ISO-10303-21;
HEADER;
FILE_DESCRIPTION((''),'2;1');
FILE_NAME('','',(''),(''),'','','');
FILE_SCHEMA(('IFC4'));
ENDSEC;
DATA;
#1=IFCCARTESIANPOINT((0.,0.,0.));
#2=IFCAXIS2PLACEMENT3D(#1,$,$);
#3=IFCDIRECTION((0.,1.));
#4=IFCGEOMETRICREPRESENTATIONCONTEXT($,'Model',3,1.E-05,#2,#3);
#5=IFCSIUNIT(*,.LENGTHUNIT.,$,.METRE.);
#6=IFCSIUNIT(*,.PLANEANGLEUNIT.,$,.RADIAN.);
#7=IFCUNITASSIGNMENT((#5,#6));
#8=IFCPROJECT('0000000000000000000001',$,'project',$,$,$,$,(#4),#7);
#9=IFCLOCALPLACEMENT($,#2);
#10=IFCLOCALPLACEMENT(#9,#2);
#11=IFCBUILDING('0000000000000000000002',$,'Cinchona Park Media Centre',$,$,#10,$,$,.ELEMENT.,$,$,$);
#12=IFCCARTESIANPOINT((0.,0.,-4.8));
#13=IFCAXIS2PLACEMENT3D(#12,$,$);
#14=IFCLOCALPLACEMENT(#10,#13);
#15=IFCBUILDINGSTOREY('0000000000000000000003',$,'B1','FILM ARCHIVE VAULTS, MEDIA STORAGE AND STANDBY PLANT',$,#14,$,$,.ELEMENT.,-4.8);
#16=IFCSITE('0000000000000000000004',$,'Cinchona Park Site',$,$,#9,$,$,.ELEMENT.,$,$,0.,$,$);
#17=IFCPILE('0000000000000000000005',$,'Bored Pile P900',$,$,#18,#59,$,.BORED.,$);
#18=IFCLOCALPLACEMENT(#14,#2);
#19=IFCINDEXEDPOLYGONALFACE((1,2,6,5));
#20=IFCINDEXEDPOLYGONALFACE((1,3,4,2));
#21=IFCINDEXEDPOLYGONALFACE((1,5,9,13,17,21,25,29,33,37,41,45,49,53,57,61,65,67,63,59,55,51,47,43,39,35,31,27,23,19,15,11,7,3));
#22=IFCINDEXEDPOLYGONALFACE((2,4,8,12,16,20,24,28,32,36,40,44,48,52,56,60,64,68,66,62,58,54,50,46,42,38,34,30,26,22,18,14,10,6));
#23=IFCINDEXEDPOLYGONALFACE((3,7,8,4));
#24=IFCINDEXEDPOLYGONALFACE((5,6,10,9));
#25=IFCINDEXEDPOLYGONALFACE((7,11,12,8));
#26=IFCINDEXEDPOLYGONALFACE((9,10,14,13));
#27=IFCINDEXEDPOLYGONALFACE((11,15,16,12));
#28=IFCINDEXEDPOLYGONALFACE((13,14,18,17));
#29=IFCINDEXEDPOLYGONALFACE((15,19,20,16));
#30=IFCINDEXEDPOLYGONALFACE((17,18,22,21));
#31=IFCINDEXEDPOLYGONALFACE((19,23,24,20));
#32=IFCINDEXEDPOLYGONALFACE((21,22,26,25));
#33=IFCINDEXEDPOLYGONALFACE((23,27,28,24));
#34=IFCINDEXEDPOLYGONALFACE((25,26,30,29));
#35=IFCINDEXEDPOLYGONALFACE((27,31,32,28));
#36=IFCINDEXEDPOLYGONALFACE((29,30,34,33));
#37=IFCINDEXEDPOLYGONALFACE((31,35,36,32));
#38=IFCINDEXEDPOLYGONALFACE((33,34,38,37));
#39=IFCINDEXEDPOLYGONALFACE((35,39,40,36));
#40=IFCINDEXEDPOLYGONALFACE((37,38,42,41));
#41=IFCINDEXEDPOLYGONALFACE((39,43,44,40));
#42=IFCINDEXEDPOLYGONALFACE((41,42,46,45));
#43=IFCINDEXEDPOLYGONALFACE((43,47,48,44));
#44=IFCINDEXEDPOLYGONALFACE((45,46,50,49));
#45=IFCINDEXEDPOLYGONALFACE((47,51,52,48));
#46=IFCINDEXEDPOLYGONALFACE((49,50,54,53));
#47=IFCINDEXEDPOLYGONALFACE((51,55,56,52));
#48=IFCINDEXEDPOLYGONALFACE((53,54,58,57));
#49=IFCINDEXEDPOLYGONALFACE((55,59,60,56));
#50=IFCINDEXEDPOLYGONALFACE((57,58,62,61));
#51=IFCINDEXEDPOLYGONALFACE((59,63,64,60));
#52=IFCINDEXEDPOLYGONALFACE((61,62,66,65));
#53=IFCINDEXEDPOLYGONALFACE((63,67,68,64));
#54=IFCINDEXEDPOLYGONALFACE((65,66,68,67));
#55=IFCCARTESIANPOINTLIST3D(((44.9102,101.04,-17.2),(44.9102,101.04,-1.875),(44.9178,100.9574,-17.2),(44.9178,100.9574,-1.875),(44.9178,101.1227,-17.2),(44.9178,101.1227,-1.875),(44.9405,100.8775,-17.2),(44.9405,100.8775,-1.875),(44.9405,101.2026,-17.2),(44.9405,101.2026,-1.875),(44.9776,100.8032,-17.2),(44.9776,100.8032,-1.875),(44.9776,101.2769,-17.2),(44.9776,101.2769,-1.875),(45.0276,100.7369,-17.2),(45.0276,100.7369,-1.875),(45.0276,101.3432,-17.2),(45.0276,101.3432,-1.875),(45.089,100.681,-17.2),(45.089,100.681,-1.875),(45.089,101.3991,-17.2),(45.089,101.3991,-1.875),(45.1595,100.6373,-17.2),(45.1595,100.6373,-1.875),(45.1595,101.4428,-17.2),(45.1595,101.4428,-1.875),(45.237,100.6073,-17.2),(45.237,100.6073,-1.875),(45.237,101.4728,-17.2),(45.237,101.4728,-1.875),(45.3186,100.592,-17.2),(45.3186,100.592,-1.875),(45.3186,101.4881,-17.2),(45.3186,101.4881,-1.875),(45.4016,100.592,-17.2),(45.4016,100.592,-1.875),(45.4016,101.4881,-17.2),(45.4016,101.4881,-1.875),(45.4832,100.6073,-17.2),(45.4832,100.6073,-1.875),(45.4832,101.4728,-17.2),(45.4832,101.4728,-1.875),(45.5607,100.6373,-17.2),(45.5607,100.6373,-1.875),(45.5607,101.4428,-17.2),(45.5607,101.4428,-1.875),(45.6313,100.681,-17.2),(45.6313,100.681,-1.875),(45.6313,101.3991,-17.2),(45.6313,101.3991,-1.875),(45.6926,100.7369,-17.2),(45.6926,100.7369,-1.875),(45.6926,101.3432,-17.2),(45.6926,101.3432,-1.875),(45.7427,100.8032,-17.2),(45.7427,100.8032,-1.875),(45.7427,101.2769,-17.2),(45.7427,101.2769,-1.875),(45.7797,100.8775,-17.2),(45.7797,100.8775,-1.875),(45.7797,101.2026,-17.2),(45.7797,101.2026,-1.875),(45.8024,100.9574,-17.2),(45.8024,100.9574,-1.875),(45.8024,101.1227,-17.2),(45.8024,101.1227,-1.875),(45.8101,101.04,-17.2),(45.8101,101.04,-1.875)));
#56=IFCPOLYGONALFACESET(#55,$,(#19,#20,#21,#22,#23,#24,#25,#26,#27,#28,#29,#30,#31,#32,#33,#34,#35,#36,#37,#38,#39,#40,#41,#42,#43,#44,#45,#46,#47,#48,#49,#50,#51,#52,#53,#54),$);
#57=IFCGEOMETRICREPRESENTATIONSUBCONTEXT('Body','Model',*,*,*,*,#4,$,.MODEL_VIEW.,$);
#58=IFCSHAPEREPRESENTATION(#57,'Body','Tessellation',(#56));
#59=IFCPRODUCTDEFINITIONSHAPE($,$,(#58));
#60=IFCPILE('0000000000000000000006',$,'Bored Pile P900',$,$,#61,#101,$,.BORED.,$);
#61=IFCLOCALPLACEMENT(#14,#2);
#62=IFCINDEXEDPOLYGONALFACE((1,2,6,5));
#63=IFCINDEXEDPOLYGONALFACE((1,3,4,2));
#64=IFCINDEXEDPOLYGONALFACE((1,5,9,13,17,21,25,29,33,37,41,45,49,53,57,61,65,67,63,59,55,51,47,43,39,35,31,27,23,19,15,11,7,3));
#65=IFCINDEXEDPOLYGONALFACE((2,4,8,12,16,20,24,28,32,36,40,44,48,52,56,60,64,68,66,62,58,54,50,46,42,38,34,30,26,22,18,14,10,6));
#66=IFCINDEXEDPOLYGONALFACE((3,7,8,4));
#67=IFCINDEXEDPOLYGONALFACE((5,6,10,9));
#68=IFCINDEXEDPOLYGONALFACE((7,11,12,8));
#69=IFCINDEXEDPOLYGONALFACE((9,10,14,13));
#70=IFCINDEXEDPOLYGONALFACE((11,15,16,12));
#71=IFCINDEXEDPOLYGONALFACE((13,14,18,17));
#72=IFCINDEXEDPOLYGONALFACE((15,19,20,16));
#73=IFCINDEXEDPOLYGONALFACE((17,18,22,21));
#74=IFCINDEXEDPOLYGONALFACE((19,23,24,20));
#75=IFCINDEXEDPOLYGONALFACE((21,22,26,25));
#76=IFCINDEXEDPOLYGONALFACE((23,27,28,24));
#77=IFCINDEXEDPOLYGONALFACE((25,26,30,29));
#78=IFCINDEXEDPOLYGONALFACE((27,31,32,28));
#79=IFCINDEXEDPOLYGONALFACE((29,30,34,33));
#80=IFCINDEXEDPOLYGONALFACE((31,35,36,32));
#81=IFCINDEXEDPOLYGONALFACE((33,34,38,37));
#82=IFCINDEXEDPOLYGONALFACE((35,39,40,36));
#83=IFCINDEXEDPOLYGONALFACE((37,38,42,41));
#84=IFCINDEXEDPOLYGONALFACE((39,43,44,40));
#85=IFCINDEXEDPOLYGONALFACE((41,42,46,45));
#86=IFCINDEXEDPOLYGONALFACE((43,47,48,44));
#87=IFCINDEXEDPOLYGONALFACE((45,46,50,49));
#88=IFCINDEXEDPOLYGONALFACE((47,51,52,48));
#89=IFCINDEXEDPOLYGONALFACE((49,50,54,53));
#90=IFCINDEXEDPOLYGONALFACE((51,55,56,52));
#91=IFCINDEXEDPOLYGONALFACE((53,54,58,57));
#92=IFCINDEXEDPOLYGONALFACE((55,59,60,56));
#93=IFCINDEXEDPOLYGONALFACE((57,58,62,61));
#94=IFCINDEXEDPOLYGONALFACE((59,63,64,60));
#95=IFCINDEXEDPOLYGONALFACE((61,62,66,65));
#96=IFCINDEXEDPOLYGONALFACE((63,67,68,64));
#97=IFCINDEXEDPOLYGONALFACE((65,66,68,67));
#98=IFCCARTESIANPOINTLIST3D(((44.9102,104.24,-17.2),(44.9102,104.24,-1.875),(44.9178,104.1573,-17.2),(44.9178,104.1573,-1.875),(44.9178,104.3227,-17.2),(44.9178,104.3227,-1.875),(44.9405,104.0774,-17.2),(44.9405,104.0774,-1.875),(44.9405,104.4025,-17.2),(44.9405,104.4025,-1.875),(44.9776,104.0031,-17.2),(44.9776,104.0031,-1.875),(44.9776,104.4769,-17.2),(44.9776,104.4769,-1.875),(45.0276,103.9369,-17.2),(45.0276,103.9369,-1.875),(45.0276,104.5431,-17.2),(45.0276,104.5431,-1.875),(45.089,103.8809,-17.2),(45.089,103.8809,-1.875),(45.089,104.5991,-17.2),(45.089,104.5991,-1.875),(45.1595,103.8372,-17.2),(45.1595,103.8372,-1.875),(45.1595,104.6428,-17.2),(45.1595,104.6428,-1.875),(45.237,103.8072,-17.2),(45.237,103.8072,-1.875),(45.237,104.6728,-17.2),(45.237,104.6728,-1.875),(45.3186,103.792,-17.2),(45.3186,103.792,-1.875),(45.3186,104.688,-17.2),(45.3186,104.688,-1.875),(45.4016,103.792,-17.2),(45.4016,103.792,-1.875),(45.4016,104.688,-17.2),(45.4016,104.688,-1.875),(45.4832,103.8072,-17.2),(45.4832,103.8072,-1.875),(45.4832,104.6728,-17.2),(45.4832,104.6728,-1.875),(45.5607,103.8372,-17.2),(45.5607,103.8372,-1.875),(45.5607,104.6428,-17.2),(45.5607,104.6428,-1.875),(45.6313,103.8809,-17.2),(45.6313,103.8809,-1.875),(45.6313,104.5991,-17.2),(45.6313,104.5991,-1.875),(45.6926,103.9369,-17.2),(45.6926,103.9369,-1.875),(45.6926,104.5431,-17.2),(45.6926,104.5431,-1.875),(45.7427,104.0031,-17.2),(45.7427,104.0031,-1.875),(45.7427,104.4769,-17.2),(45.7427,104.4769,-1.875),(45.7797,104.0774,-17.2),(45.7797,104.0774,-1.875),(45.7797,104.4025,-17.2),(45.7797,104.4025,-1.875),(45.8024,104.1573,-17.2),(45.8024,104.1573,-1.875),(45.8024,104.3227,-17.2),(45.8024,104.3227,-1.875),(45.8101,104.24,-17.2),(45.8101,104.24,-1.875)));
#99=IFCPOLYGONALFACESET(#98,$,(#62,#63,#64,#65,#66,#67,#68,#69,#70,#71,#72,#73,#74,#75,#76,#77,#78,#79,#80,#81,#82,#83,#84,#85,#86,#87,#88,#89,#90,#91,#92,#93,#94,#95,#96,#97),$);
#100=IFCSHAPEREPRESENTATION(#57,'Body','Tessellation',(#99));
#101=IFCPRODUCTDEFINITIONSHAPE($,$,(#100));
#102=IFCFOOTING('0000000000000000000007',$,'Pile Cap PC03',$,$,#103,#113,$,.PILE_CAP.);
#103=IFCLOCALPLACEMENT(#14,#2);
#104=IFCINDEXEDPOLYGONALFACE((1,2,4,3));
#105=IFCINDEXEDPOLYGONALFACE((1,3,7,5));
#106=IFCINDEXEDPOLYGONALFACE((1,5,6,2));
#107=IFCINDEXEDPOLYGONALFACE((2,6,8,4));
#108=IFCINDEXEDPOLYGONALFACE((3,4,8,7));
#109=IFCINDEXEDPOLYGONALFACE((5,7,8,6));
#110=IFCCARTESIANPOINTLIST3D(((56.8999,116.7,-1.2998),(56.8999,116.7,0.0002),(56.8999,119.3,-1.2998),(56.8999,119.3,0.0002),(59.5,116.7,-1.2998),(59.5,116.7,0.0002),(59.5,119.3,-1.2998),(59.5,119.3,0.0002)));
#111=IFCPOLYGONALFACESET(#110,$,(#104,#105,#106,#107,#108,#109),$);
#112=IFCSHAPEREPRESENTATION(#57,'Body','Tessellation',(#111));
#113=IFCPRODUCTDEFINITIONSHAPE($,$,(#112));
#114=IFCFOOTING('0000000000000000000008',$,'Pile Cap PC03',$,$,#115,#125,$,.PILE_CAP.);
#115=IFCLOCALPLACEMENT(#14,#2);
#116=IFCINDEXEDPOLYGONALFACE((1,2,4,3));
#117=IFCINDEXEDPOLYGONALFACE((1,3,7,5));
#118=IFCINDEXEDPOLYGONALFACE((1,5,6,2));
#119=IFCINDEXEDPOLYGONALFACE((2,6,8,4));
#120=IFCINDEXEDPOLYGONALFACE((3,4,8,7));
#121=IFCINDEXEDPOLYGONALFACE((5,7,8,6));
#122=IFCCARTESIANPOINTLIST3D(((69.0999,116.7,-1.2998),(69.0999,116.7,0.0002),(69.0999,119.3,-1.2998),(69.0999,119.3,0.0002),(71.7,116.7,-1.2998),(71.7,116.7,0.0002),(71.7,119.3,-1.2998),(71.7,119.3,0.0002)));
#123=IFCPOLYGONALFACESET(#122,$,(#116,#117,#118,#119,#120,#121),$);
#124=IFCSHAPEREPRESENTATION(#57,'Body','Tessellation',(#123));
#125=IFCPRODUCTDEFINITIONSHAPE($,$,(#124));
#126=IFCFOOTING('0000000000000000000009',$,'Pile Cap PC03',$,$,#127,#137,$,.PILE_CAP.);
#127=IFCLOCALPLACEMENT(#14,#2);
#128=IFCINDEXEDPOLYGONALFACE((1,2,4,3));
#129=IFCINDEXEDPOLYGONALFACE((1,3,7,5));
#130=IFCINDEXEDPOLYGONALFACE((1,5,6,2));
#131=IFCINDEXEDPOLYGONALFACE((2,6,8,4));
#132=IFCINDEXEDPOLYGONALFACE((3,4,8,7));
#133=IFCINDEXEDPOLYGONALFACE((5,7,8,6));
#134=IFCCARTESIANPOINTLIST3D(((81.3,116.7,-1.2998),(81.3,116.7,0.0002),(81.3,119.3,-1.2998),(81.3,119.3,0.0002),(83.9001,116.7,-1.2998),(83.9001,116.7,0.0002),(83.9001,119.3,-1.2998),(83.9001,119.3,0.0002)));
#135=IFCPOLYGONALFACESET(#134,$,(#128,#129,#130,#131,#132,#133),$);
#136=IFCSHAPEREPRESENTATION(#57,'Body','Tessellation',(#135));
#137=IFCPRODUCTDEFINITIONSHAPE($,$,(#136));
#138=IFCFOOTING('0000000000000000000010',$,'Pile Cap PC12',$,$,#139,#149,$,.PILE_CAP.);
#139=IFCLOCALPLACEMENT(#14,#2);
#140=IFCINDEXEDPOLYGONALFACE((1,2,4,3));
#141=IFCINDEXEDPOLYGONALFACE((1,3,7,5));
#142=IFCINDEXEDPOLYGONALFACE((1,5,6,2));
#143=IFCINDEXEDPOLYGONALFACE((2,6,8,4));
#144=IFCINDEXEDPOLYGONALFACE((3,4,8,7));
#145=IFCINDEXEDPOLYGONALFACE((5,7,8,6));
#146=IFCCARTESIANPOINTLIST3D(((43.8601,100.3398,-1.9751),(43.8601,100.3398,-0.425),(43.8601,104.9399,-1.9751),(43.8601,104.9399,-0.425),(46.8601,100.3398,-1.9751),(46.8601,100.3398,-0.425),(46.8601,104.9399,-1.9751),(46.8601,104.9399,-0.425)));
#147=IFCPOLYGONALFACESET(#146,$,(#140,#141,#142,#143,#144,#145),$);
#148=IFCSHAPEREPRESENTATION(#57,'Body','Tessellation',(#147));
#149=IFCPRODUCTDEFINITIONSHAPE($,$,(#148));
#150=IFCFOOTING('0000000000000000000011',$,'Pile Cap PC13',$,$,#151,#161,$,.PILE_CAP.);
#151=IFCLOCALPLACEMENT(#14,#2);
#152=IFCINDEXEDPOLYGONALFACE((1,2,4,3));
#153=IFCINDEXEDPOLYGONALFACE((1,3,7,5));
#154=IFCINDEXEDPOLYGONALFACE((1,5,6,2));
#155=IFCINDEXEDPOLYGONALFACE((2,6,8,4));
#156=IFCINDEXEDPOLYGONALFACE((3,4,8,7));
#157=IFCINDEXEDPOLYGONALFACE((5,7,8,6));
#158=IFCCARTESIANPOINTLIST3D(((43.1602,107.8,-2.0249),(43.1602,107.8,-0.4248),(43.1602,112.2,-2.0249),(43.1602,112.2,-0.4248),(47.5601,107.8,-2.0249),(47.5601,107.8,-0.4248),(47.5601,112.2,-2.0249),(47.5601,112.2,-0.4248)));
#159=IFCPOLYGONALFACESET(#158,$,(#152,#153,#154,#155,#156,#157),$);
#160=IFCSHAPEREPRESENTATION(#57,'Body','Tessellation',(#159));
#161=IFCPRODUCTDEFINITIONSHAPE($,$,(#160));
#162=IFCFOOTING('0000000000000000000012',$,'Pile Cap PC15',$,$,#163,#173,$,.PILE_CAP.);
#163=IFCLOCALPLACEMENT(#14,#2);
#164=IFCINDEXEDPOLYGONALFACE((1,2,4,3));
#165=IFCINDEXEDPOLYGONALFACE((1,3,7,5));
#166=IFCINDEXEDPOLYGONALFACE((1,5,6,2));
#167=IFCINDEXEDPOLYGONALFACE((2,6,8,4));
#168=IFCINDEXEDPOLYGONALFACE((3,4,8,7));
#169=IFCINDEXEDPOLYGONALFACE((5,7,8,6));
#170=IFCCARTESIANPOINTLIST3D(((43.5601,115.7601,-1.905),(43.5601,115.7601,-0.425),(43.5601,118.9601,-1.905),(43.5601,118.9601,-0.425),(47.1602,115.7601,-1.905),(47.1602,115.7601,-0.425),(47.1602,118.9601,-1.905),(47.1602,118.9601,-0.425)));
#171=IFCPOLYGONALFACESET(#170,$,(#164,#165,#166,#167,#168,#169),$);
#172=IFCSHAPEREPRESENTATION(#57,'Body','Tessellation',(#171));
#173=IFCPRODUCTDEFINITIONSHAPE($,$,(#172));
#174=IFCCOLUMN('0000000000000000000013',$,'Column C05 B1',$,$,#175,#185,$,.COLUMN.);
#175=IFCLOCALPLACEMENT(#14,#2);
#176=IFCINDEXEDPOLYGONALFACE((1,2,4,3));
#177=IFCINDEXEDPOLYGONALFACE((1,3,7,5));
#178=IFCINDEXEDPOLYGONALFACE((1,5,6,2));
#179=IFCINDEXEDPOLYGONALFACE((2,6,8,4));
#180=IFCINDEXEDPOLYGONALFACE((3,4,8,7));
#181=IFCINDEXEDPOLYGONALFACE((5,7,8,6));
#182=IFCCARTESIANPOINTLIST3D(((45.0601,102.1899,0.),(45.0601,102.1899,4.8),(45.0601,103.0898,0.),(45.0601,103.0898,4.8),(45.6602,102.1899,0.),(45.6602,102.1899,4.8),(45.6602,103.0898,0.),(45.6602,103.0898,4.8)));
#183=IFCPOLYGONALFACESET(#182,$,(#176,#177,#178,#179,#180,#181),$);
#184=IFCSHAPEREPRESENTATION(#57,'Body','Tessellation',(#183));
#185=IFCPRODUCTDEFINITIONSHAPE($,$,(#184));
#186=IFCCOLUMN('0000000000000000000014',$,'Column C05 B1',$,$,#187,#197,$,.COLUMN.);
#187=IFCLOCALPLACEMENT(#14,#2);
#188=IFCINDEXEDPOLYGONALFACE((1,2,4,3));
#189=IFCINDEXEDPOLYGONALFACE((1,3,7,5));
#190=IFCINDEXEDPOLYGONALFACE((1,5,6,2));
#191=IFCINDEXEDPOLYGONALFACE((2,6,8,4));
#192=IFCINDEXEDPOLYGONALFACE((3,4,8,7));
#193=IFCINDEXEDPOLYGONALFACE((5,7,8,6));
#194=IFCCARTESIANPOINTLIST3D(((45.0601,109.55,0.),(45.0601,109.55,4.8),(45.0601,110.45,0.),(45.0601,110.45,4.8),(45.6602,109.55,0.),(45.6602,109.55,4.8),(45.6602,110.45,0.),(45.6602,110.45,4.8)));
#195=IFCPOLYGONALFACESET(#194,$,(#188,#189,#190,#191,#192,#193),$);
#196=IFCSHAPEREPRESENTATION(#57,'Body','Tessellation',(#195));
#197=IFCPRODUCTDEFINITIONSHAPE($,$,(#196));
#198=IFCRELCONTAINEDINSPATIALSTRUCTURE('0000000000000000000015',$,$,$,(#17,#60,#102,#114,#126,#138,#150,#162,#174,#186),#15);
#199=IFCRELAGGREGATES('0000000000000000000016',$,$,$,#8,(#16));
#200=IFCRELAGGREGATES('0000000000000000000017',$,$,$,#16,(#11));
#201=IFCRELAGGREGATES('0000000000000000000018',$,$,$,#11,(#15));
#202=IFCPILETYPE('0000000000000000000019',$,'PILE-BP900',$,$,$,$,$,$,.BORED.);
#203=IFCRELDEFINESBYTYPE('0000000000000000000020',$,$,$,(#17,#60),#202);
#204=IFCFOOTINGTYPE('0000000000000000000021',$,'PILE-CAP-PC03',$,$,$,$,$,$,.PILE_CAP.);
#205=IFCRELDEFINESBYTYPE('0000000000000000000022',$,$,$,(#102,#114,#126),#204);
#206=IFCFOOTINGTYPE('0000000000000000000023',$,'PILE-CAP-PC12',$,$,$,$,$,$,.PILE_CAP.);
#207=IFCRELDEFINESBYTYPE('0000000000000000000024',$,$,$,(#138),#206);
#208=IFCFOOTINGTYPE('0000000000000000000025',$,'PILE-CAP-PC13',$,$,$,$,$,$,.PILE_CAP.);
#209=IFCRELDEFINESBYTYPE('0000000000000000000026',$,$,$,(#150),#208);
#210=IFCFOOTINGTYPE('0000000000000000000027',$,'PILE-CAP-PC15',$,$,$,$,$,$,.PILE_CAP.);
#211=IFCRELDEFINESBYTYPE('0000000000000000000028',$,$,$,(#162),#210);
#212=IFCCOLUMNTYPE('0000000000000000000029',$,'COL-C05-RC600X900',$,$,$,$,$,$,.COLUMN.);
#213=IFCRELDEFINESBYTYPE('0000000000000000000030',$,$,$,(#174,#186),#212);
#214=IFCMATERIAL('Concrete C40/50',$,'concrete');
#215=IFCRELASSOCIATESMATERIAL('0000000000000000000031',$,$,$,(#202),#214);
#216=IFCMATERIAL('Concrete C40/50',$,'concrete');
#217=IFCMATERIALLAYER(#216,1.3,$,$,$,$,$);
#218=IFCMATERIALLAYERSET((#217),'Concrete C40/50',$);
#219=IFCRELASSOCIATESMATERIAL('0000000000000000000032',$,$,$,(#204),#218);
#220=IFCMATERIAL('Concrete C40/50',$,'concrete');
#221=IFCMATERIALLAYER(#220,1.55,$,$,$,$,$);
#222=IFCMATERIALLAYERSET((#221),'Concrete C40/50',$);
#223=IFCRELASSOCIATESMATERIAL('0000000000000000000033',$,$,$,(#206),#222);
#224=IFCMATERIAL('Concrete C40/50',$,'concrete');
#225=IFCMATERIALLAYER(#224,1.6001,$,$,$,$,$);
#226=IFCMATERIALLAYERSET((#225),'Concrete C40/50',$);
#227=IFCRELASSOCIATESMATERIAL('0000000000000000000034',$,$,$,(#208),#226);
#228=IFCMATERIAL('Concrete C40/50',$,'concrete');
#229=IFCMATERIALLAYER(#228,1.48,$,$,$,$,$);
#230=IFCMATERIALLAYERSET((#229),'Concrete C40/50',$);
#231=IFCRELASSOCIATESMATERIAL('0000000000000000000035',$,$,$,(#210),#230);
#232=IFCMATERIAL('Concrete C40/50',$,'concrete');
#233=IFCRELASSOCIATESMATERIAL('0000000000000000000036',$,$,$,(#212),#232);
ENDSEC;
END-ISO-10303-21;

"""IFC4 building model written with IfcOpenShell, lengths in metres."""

from ifc_helpers import new_model, si_unit, direction, frame, origin, origin_2d, place, context, subcontext, project, spatial, rectangle, circle, extrude, material, layer, layer_set, material_profile, profile_set, type_object, element, save


model = new_model("IFC4")

# Units and contexts
model_context = context("Model", 3, precision=1e-05, world=origin(), true_north=direction((0.0, 1.0)))
body_context = subcontext(model_context, "Body", "Model", "MODEL_VIEW")
ifc_project = project(units=[si_unit("LENGTHUNIT", "METRE"), si_unit("PLANEANGLEUNIT", "RADIAN")], contexts=[model_context])

# Site, building, storey
site_placement = place(None, origin())
site = spatial("IfcSite", under=ifc_project, at=site_placement, Name="Cinchona Park Site", CompositionType="ELEMENT", RefElevation=0.0)
building_placement = place(site_placement, origin())
building = spatial("IfcBuilding", under=site, at=building_placement, Name="Cinchona Park Media Centre", CompositionType="ELEMENT")
storey_placement = place(building_placement, frame((0.0, 0.0, -4.8)))
storey = spatial("IfcBuildingStorey", under=building, at=storey_placement, Name="B1", Description="FILM ARCHIVE VAULTS, MEDIA STORAGE AND STANDBY PLANT", CompositionType="ELEMENT", Elevation=-4.8)

# Piles
ifc_material_1 = material(Name="Concrete C40/50", Category="concrete")
ifc_material_profile_1 = material_profile(ifc_material_1, circle(Radius=0.45, at=origin_2d()), Name="BORED PILE 900")
ifc_profile_set_1 = profile_set([ifc_material_profile_1], Name="Concrete C40/50")
pile_type_1 = type_object("IfcPileType", Name="PILE-BP900", PredefinedType="BORED", material=ifc_profile_set_1)
for number, where, z_axis, x_axis, name in (
    (1, (45.3601, 101.04, -1.875), (0.0, 0.0, -1.0), (1.0, 0.0, 0.0), "Bored Pile P900"),
    (2, (45.3601, 104.24, -1.875), (0.0, 0.0, -1.0), (1.0, 0.0, 0.0), "Bored Pile P900"),
):
    element("IfcPile", number, at=place(storey_placement, frame(where, z_axis=z_axis, x_axis=x_axis)), inside=storey, type_object=pile_type_1, Name=name, PredefinedType="BORED", context=body_context, shape_type="SweptSolid", body=[
        extrude(circle(Radius=0.45, at=origin_2d()), origin(), (0.0, 0.0, 1.0), 15.325),
    ])

# Footings
ifc_material_2 = material(Name="Concrete C40/50", Category="concrete")
ifc_layer_1 = layer(ifc_material_2, 1.3)
ifc_layer_set_1 = layer_set([ifc_layer_1], Name="Concrete C40/50")
footing_type_1 = type_object("IfcFootingType", Name="PILE-CAP-PC03", PredefinedType="PILE_CAP", material=ifc_layer_set_1)
for number, where, z_axis, x_axis, name in (
    (3, (58.2, 118.0, -1.2998), (0.0, 0.0, 1.0), (1.0, 0.0, 0.0), "Pile Cap PC03"),
    (4, (70.3999, 118.0, -1.2998), (0.0, 0.0, 1.0), (1.0, 0.0, 0.0), "Pile Cap PC03"),
    (5, (82.6001, 118.0, -1.2998), (0.0, 0.0, 1.0), (1.0, 0.0, 0.0), "Pile Cap PC03"),
):
    element("IfcFooting", number, at=place(storey_placement, frame(where, z_axis=z_axis, x_axis=x_axis)), inside=storey, type_object=footing_type_1, Name=name, PredefinedType="PILE_CAP", context=body_context, shape_type="SweptSolid", body=[
        extrude(rectangle(XDim=2.6001, YDim=2.6001, at=origin_2d()), origin(), (0.0, 0.0, 1.0), 1.3),
    ])
ifc_material_3 = material(Name="Concrete C40/50", Category="concrete")
ifc_layer_2 = layer(ifc_material_3, 1.55)
ifc_layer_set_2 = layer_set([ifc_layer_2], Name="Concrete C40/50")
footing_type_2 = type_object("IfcFootingType", Name="PILE-CAP-PC12", PredefinedType="PILE_CAP", material=ifc_layer_set_2)
footing_1_placement = place(storey_placement, frame((45.3601, 102.6399, -1.9751), z_axis=(0.0, 0.0, 1.0), x_axis=(1.0, 0.0, 0.0)))
element("IfcFooting", 6, at=footing_1_placement, inside=storey, type_object=footing_type_2, Name="Pile Cap PC12", PredefinedType="PILE_CAP", context=body_context, shape_type="SweptSolid", body=[
    extrude(rectangle(XDim=3.0, YDim=4.6001, at=origin_2d()), origin(), (0.0, 0.0, 1.0), 1.55),
])
ifc_material_4 = material(Name="Concrete C40/50", Category="concrete")
ifc_layer_3 = layer(ifc_material_4, 1.6001)
ifc_layer_set_3 = layer_set([ifc_layer_3], Name="Concrete C40/50")
footing_type_3 = type_object("IfcFootingType", Name="PILE-CAP-PC13", PredefinedType="PILE_CAP", material=ifc_layer_set_3)
footing_2_placement = place(storey_placement, frame((45.3601, 110.0, -2.0249), z_axis=(0.0, 0.0, 1.0), x_axis=(1.0, 0.0, 0.0)))
element("IfcFooting", 7, at=footing_2_placement, inside=storey, type_object=footing_type_3, Name="Pile Cap PC13", PredefinedType="PILE_CAP", context=body_context, shape_type="SweptSolid", body=[
    extrude(rectangle(XDim=4.3999, YDim=4.3999, at=origin_2d()), origin(), (0.0, 0.0, 1.0), 1.6001),
])
ifc_material_5 = material(Name="Concrete C40/50", Category="concrete")
ifc_layer_4 = layer(ifc_material_5, 1.48)
ifc_layer_set_4 = layer_set([ifc_layer_4], Name="Concrete C40/50")
footing_type_4 = type_object("IfcFootingType", Name="PILE-CAP-PC15", PredefinedType="PILE_CAP", material=ifc_layer_set_4)
footing_3_placement = place(storey_placement, frame((45.3601, 117.3601, -1.905), z_axis=(0.0, 0.0, 1.0), x_axis=(1.0, 0.0, 0.0)))
element("IfcFooting", 8, at=footing_3_placement, inside=storey, type_object=footing_type_4, Name="Pile Cap PC15", PredefinedType="PILE_CAP", context=body_context, shape_type="SweptSolid", body=[
    extrude(rectangle(XDim=3.6001, YDim=3.2, at=origin_2d()), origin(), (0.0, 0.0, 1.0), 1.48),
])

# Columns
ifc_material_6 = material(Name="Concrete C40/50", Category="concrete")
ifc_material_profile_2 = material_profile(ifc_material_6, rectangle(XDim=0.6001, YDim=0.8999, at=origin_2d()), Name="RC 600X900")
ifc_profile_set_2 = profile_set([ifc_material_profile_2], Name="Concrete C40/50")
column_type = type_object("IfcColumnType", Name="COL-C05-RC600X900", PredefinedType="COLUMN", material=ifc_profile_set_2)
for number, where, z_axis, x_axis, name in (
    (9, (45.3601, 102.6399, 0.0), (0.0, 0.0, 1.0), (1.0, 0.0, 0.0), "Column C05 B1"),
    (10, (45.3601, 110.0, 0.0), (0.0, 0.0, 1.0), (1.0, 0.0, 0.0), "Column C05 B1"),
):
    element("IfcColumn", number, at=place(storey_placement, frame(where, z_axis=z_axis, x_axis=x_axis)), inside=storey, type_object=column_type, Name=name, PredefinedType="COLUMN", context=body_context, shape_type="SweptSolid", body=[
        extrude(rectangle(XDim=0.6001, YDim=0.8999, at=origin_2d()), origin(), (0.0, 0.0, 1.0), 4.8),
    ])

save(model, "model.ifc")
